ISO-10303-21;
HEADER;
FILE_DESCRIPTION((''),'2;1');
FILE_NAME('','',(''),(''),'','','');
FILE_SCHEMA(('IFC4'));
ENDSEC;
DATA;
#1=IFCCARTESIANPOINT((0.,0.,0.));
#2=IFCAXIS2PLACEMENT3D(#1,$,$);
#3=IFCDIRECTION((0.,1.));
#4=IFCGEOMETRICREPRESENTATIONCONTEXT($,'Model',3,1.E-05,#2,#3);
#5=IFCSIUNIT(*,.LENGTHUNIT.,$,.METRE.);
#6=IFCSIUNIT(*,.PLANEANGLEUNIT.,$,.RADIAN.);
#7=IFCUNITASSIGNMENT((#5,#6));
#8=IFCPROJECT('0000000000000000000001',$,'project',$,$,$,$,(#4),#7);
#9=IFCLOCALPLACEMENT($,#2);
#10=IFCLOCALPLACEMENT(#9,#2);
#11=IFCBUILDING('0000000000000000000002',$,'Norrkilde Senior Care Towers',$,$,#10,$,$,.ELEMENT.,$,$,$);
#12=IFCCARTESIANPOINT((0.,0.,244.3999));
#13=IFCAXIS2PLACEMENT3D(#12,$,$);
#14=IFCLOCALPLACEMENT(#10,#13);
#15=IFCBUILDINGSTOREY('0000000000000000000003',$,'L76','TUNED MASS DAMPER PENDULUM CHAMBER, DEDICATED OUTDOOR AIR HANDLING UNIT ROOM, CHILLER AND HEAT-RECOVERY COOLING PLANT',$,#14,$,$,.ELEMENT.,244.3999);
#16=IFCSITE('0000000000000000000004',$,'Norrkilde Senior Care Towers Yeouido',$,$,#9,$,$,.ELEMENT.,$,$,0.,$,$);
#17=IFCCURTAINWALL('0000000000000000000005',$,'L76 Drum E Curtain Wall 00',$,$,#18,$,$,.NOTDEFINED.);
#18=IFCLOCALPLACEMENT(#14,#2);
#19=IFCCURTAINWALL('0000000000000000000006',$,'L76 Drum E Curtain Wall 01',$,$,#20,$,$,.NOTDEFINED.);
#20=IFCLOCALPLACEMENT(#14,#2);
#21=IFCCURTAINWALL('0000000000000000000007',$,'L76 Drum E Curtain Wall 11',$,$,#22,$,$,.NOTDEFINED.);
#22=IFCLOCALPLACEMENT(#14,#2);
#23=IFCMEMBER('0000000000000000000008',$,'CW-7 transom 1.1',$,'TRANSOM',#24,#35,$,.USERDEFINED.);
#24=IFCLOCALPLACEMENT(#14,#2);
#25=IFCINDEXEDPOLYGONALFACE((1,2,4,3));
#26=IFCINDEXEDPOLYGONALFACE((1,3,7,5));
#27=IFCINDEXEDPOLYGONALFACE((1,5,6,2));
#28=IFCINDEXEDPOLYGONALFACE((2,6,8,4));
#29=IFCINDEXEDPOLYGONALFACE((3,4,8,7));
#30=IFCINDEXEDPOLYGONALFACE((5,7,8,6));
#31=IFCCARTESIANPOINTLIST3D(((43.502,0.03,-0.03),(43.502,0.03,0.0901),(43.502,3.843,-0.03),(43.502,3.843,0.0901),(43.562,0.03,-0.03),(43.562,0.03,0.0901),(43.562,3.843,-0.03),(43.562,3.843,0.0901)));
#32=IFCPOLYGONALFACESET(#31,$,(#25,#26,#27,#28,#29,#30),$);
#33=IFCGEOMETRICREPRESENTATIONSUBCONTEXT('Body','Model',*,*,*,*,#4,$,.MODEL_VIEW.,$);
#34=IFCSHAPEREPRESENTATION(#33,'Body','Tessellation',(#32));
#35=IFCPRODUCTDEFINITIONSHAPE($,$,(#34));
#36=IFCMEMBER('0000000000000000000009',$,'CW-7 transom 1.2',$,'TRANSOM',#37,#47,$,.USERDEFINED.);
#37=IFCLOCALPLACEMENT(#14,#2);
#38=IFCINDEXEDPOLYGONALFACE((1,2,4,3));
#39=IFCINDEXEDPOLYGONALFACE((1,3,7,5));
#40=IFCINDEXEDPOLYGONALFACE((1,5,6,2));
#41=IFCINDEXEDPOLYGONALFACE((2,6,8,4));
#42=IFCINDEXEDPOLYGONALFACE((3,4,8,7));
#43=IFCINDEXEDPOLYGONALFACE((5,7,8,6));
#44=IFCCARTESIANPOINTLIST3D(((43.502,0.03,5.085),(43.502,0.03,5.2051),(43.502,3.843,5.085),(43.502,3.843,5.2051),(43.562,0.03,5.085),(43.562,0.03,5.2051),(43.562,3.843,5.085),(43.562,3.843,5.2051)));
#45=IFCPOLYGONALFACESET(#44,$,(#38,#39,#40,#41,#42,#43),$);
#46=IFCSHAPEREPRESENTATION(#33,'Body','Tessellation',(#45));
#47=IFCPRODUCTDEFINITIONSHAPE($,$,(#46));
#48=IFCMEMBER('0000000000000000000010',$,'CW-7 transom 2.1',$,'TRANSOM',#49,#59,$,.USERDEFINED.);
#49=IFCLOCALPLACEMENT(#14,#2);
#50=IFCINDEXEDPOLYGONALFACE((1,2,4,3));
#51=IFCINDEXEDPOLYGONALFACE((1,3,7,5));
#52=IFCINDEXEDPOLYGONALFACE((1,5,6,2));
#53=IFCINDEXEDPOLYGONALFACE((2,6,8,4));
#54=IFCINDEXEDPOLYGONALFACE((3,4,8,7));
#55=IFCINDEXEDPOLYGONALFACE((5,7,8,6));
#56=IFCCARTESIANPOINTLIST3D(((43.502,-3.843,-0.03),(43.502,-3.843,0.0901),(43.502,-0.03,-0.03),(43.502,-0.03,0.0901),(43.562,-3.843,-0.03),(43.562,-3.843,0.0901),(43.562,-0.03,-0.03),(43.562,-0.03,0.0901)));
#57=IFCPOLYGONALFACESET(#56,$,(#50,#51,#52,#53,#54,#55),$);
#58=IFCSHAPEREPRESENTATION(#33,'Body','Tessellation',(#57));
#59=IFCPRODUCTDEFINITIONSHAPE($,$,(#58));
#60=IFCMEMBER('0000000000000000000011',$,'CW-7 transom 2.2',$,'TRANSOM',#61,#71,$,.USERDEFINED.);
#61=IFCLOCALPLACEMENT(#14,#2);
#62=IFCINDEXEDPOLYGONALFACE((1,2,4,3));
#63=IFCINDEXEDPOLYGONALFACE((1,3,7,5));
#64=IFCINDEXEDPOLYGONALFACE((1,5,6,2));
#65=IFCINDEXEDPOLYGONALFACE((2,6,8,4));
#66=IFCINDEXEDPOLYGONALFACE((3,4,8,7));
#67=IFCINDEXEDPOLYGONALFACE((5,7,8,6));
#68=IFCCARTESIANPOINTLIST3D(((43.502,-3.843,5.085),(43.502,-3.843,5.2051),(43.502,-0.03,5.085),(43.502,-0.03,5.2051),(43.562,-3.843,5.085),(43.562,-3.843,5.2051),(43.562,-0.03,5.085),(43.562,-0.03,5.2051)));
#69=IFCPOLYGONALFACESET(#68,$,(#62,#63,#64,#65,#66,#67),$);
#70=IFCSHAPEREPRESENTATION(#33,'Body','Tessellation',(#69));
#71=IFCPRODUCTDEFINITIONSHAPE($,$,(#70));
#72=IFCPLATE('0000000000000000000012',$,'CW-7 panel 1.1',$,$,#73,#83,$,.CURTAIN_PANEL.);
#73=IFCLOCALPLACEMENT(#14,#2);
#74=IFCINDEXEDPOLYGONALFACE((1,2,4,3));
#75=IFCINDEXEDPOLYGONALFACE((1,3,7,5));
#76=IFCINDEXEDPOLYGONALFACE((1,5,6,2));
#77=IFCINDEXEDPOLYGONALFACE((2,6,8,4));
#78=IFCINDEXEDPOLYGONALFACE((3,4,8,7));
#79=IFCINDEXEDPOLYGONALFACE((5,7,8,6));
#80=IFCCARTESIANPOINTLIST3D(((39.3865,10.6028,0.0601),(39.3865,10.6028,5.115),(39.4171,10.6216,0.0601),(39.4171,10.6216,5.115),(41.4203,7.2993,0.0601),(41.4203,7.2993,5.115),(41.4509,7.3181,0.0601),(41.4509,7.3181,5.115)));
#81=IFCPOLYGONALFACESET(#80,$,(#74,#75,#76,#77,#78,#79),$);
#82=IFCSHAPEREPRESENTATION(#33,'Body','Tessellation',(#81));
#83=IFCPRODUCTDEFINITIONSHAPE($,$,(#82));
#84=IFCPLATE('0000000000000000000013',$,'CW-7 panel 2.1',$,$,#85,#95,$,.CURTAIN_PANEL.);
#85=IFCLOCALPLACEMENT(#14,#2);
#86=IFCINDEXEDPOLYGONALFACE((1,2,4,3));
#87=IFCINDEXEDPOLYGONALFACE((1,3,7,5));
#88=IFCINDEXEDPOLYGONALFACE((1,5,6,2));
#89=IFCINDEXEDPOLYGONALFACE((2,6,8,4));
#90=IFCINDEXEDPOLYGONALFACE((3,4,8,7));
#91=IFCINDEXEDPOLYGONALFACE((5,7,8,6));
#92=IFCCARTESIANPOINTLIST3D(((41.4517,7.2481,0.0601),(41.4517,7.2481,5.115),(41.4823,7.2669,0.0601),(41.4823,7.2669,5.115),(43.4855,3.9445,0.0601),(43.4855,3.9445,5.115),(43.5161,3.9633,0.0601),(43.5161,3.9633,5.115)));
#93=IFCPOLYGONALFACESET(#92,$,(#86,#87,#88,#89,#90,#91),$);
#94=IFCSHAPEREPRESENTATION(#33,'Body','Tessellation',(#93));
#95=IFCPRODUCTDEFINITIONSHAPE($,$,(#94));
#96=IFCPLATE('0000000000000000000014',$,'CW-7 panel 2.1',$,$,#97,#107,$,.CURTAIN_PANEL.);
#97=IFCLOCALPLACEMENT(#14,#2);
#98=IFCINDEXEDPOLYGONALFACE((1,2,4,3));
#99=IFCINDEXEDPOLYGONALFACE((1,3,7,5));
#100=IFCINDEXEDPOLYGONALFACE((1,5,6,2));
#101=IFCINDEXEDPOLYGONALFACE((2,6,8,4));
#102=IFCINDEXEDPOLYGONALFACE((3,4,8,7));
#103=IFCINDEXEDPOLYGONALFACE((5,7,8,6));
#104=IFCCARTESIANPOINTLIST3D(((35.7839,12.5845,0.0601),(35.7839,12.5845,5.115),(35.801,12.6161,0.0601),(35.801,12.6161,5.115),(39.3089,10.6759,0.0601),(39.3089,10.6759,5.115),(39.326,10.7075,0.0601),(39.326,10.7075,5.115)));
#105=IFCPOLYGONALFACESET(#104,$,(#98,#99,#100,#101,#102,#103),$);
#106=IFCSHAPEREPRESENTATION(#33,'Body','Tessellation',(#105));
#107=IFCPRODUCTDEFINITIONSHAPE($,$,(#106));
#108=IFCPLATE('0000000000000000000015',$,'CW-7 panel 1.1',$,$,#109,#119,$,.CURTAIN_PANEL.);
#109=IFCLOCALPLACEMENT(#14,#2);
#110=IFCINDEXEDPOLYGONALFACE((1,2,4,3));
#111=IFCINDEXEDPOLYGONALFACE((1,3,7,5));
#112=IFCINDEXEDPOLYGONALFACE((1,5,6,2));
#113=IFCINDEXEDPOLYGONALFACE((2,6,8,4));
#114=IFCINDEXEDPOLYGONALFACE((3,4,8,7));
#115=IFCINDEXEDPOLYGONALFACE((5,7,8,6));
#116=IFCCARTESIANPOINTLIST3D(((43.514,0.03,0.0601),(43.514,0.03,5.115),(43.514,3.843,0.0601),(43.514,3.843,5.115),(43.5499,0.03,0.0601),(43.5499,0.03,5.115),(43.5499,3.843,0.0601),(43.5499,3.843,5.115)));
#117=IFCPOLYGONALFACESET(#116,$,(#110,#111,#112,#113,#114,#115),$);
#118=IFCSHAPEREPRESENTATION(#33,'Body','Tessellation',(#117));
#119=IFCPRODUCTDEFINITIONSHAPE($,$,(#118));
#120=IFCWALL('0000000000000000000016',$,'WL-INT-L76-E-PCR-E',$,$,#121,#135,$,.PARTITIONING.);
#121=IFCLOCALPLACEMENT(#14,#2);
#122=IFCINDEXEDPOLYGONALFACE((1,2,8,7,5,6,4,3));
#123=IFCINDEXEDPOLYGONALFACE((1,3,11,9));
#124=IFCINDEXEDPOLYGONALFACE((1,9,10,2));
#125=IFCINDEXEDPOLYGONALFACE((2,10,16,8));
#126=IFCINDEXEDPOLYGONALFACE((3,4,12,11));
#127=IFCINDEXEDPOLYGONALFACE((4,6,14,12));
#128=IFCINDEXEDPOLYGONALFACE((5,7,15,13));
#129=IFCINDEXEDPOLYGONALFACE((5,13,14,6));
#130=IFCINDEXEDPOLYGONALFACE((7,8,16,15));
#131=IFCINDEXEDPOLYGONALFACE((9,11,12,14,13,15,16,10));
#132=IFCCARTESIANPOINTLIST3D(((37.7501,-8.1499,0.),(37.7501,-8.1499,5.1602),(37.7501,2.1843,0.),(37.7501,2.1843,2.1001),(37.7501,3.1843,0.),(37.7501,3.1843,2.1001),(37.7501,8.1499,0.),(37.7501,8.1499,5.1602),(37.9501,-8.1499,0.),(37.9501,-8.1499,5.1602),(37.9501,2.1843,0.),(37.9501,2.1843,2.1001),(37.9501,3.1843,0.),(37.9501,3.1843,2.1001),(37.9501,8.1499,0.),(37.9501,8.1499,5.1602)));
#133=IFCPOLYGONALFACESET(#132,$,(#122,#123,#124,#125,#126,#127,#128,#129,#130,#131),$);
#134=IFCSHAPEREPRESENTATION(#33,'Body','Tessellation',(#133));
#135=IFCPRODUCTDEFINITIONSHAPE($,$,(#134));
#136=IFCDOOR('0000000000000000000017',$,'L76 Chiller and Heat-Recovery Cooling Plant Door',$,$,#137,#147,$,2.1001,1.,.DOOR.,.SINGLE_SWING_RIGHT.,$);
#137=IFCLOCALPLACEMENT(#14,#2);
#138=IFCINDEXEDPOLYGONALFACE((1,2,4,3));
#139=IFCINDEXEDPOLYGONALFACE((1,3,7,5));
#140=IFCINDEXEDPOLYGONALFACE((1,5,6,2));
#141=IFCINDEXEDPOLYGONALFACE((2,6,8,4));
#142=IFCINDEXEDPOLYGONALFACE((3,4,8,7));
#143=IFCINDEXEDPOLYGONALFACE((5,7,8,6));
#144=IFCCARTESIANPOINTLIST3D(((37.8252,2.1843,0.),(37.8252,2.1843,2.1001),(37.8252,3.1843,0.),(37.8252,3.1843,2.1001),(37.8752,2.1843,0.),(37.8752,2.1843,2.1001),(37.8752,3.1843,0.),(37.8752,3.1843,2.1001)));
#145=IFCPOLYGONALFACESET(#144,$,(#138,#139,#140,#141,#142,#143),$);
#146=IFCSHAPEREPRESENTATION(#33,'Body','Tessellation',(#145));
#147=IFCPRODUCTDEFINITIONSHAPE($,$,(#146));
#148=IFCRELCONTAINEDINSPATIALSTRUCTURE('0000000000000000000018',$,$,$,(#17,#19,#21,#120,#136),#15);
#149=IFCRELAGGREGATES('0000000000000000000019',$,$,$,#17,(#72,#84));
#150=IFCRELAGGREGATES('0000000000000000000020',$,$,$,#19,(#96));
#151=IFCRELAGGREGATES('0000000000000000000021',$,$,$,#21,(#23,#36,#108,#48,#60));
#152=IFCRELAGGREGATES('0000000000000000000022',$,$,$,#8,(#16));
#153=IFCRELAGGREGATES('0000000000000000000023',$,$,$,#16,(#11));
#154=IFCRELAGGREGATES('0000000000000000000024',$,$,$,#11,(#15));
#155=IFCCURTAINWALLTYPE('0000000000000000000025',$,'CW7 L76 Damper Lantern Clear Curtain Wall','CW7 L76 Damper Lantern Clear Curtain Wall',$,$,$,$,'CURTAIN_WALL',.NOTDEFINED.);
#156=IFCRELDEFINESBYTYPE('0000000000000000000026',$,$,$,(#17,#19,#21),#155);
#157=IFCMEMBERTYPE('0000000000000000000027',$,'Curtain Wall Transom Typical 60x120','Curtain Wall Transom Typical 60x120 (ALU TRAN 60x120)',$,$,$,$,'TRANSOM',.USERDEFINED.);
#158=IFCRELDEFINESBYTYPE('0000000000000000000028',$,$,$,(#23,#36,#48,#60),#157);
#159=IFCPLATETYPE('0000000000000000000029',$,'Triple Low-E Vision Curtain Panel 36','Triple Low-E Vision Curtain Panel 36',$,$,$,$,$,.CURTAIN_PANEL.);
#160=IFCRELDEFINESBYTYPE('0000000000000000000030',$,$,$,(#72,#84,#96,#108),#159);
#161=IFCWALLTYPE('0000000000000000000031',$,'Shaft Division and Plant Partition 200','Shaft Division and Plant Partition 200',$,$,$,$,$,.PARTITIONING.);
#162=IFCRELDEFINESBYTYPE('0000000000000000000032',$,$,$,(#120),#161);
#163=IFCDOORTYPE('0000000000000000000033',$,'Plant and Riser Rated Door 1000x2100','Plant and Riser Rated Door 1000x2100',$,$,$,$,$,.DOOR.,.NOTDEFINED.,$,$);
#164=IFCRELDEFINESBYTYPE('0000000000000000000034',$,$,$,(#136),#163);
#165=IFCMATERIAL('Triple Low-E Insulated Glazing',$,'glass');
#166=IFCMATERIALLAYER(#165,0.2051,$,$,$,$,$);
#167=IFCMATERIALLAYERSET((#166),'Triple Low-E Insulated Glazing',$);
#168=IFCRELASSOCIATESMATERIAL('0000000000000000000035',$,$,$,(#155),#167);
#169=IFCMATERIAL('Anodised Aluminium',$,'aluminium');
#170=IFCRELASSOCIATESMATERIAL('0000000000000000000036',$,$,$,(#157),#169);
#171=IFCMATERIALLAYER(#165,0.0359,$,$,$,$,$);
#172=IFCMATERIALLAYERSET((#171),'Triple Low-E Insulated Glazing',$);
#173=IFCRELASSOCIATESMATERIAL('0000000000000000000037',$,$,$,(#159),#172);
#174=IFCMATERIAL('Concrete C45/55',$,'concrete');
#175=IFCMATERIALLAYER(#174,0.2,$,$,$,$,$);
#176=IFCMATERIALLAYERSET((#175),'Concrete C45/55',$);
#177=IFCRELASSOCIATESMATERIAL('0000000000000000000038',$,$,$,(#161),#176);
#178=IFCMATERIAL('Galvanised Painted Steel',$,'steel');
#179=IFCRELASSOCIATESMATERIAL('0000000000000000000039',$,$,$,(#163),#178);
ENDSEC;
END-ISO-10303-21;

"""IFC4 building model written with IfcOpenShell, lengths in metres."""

from ifc_helpers import new_model, si_unit, direction, frame, frame_2d, origin, origin_2d, place, context, subcontext, project, spatial, rectangle, extrude, source, transform, mapped, material, layer, layer_set, material_profile, profile_set, type_object, type_shapes, element, fill, aggregate, save


model = new_model("IFC4")

# Units and contexts
model_context = context("Model", 3, precision=1e-05, world=origin(), true_north=direction((0.0, 1.0)))
body_context = subcontext(model_context, "Body", "Model", "MODEL_VIEW")
ifc_project = project(units=[si_unit("LENGTHUNIT", "METRE"), si_unit("PLANEANGLEUNIT", "RADIAN")], contexts=[model_context])

# Site, building, storey
site_placement = place(None, origin())
site = spatial("IfcSite", under=ifc_project, at=site_placement, Name="Norrkilde Senior Care Towers Yeouido", CompositionType="ELEMENT", RefElevation=0.0)
building_placement = place(site_placement, origin())
building = spatial("IfcBuilding", under=site, at=building_placement, Name="Norrkilde Senior Care Towers", CompositionType="ELEMENT")
storey_placement = place(building_placement, frame((0.0, 0.0, 244.3999)))
storey = spatial("IfcBuildingStorey", under=building, at=storey_placement, Name="L76", Description="TUNED MASS DAMPER PENDULUM CHAMBER, DEDICATED OUTDOOR AIR HANDLING UNIT ROOM, CHILLER AND HEAT-RECOVERY COOLING PLANT", CompositionType="ELEMENT", Elevation=244.3999)

# Curtain wall
ifc_material_1 = material(Name="Triple Low-E Insulated Glazing", Category="glass")
ifc_layer_1 = layer(ifc_material_1, 0.2051)
ifc_layer_set_1 = layer_set([ifc_layer_1], Name="Triple Low-E Insulated Glazing")
curtain_wall_type = type_object("IfcCurtainWallType", Name="CW7 L76 Damper Lantern Clear Curtain Wall", Description="CW7 L76 Damper Lantern Clear Curtain Wall", ElementType="CURTAIN_WALL", PredefinedType="NOTDEFINED", material=ifc_layer_set_1)
curtain_wall_1_placement = place(storey_placement, origin())
curtain_wall_1 = element("IfcCurtainWall", 1, at=curtain_wall_1_placement, inside=storey, type_object=curtain_wall_type, Name="L76 Drum E Curtain Wall 00", PredefinedType="NOTDEFINED")
ifc_material_2 = material(Name="Anodised Aluminium", Category="aluminium")

# Curtain wall
curtain_wall_2_placement = place(storey_placement, origin())
curtain_wall_2 = element("IfcCurtainWall", 2, at=curtain_wall_2_placement, inside=storey, type_object=curtain_wall_type, Name="L76 Drum E Curtain Wall 01", PredefinedType="NOTDEFINED")

# Curtain wall
curtain_wall_3_placement = place(storey_placement, origin())
curtain_wall_3 = element("IfcCurtainWall", 3, at=curtain_wall_3_placement, inside=storey, type_object=curtain_wall_type, Name="L76 Drum E Curtain Wall 11", PredefinedType="NOTDEFINED")

# Members
ifc_material_profile_1 = material_profile(ifc_material_2, rectangle(XDim=0.0601, YDim=0.1201, at=origin_2d()), Name="ALU TRAN 60x120")
ifc_profile_set_1 = profile_set([ifc_material_profile_1], Name="Anodised Aluminium")
member_type_1 = type_object("IfcMemberType", Name="Curtain Wall Transom Typical 60x120", Description="Curtain Wall Transom Typical 60x120 (ALU TRAN 60x120)", ElementType="TRANSOM", PredefinedType="USERDEFINED", material=ifc_profile_set_1)
shared_shape_1 = source(origin(), body_context, "Body", "SweptSolid", [
    extrude(rectangle(XDim=0.0601, YDim=0.1201, at=origin_2d()), origin(), (0.0, 0.0, 1.0), 3.813),
])
member_1_placement = place(storey_placement, frame((43.532, 3.843, 0.03), z_axis=(0.0, -1.0, 0.0), x_axis=(1.0, 0.0, 0.0)))
member_1 = element("IfcMember", 4, at=member_1_placement, type_object=member_type_1, Name="CW-7 transom 1.1", ObjectType="TRANSOM", PredefinedType="USERDEFINED", context=body_context, shape_type="MappedRepresentation", body=[
    mapped(shared_shape_1, transform((0.0, 0.0, 0.0), x_axis=(1.0, 0.0, 0.0), y_axis=(0.0, 1.0, 0.0), z_axis=(0.0, 0.0, 1.0), scale=1.0)),
])
member_2_placement = place(storey_placement, frame((43.532, 3.843, 5.145), z_axis=(0.0, -1.0, 0.0), x_axis=(1.0, 0.0, 0.0)))
member_2 = element("IfcMember", 5, at=member_2_placement, type_object=member_type_1, Name="CW-7 transom 1.2", ObjectType="TRANSOM", PredefinedType="USERDEFINED", context=body_context, shape_type="MappedRepresentation", body=[
    mapped(shared_shape_1, transform((0.0, 0.0, 0.0), x_axis=(1.0, 0.0, 0.0), y_axis=(0.0, 1.0, 0.0), z_axis=(0.0, 0.0, 1.0), scale=1.0)),
])
member_3_placement = place(storey_placement, frame((43.532, -0.03, 0.03), z_axis=(0.0, -1.0, 0.0), x_axis=(1.0, 0.0, 0.0)))
member_3 = element("IfcMember", 6, at=member_3_placement, type_object=member_type_1, Name="CW-7 transom 2.1", ObjectType="TRANSOM", PredefinedType="USERDEFINED", context=body_context, shape_type="MappedRepresentation", body=[
    mapped(shared_shape_1, transform((0.0, 0.0, 0.0), x_axis=(1.0, 0.0, 0.0), y_axis=(0.0, 1.0, 0.0), z_axis=(0.0, 0.0, 1.0), scale=1.0)),
])
member_4_placement = place(storey_placement, frame((43.532, -0.03, 5.145), z_axis=(0.0, -1.0, 0.0), x_axis=(1.0, 0.0, 0.0)))
member_4 = element("IfcMember", 7, at=member_4_placement, type_object=member_type_1, Name="CW-7 transom 2.2", ObjectType="TRANSOM", PredefinedType="USERDEFINED", context=body_context, shape_type="MappedRepresentation", body=[
    mapped(shared_shape_1, transform((0.0, 0.0, 0.0), x_axis=(1.0, 0.0, 0.0), y_axis=(0.0, 1.0, 0.0), z_axis=(0.0, 0.0, 1.0), scale=1.0)),
])

# Plates
ifc_layer_2 = layer(ifc_material_1, 0.0359)
ifc_layer_set_2 = layer_set([ifc_layer_2], Name="Triple Low-E Insulated Glazing")
plate_type = type_object("IfcPlateType", Name="Triple Low-E Vision Curtain Panel 36", Description="Triple Low-E Vision Curtain Panel 36", PredefinedType="CURTAIN_PANEL", material=ifc_layer_set_2)
shared_shape_2 = source(origin(), body_context, "Body", "SweptSolid", [
    extrude(rectangle(XDim=3.8794, YDim=0.0359, at=origin_2d()), origin(), (0.0, 0.0, 1.0), 5.0549),
])
plate_1_placement = place(storey_placement, frame((40.4187, 8.9604, 0.0601), z_axis=(0.0, 0.0, 1.0), x_axis=(0.524253, -0.851563, 0.0)))
plate_1 = element("IfcPlate", 8, at=plate_1_placement, type_object=plate_type, Name="CW-7 panel 1.1", PredefinedType="CURTAIN_PANEL", context=body_context, shape_type="MappedRepresentation", body=[
    mapped(shared_shape_2, transform((0.0, 0.0, 0.0), x_axis=(1.0, 0.0, 0.0), y_axis=(0.0, 1.0, 0.0), z_axis=(0.0, 0.0, 1.0), scale=1.0)),
])
plate_2_placement = place(storey_placement, frame((42.4839, 5.6057, 0.0601), z_axis=(0.0, 0.0, 1.0), x_axis=(0.524253, -0.851563, 0.0)))
plate_2 = element("IfcPlate", 9, at=plate_2_placement, type_object=plate_type, Name="CW-7 panel 2.1", PredefinedType="CURTAIN_PANEL", context=body_context, shape_type="MappedRepresentation", body=[
    mapped(shared_shape_2, transform((0.0, 0.0, 0.0), x_axis=(1.0, 0.0, 0.0), y_axis=(0.0, 1.0, 0.0), z_axis=(0.0, 0.0, 1.0), scale=1.0)),
])
aggregate(curtain_wall_1, [plate_1, plate_2])
shared_shape_3 = source(origin(), body_context, "Body", "SweptSolid", [
    extrude(rectangle(XDim=4.0085, YDim=0.0359, at=origin_2d()), origin(), (0.0, 0.0, 1.0), 5.0549),
])
plate_3_placement = place(storey_placement, frame((37.5549, 11.646, 0.0601), z_axis=(0.0, 0.0, 1.0), x_axis=(0.879373, -0.476133, 0.0)))
plate_3 = element("IfcPlate", 10, at=plate_3_placement, type_object=plate_type, Name="CW-7 panel 2.1", PredefinedType="CURTAIN_PANEL", context=body_context, shape_type="MappedRepresentation", body=[
    mapped(shared_shape_3, transform((0.0, 0.0, 0.0), x_axis=(1.0, 0.0, 0.0), y_axis=(0.0, 1.0, 0.0), z_axis=(0.0, 0.0, 1.0), scale=1.0)),
])
aggregate(curtain_wall_2, [plate_3])
shared_shape_4 = source(origin(), body_context, "Body", "SweptSolid", [
    extrude(rectangle(XDim=3.813, YDim=0.0359, at=origin_2d()), origin(), (0.0, 0.0, 1.0), 5.0549),
])
type_shapes(plate_type, [shared_shape_2, shared_shape_3, shared_shape_4])
plate_4_placement = place(storey_placement, frame((43.532, 1.9365, 0.0601), z_axis=(0.0, 0.0, 1.0), x_axis=(0.0, -1.0, 0.0)))
plate_4 = element("IfcPlate", 11, at=plate_4_placement, type_object=plate_type, Name="CW-7 panel 1.1", PredefinedType="CURTAIN_PANEL", context=body_context, shape_type="MappedRepresentation", body=[
    mapped(shared_shape_4, transform((0.0, 0.0, 0.0), x_axis=(1.0, 0.0, 0.0), y_axis=(0.0, 1.0, 0.0), z_axis=(0.0, 0.0, 1.0), scale=1.0)),
])
aggregate(curtain_wall_3, [member_1, member_2, plate_4, member_3, member_4])

# Wall, opening, door
ifc_material_3 = material(Name="Concrete C45/55", Category="concrete")
ifc_layer_3 = layer(ifc_material_3, 0.2)
ifc_layer_set_3 = layer_set([ifc_layer_3], Name="Concrete C45/55")
wall_type = type_object("IfcWallType", Name="Shaft Division and Plant Partition 200", Description="Shaft Division and Plant Partition 200", PredefinedType="PARTITIONING", material=ifc_layer_set_3)
shared_shape_5 = source(origin(), body_context, "Body", "SweptSolid", [
    extrude(rectangle(XDim=16.2998, YDim=0.2, at=frame_2d((8.1499, 0.0))), origin(), (0.0, 0.0, 1.0), 5.1602),
])
type_shapes(wall_type, [shared_shape_5])
wall_placement = place(storey_placement, frame((37.8501, 8.1499, 0.0), z_axis=(0.0, 0.0, 1.0), x_axis=(0.0, -1.0, 0.0)))
wall = element("IfcWall", 12, at=wall_placement, inside=storey, type_object=wall_type, Name="WL-INT-L76-E-PCR-E", PredefinedType="PARTITIONING", context=body_context, shape_type="MappedRepresentation", body=[
    mapped(shared_shape_5, transform((0.0, 0.0, 0.0), x_axis=(1.0, 0.0, 0.0), y_axis=(0.0, 1.0, 0.0), z_axis=(0.0, 0.0, 1.0), scale=1.0)),
])
opening_placement = place(wall_placement, frame((4.9656, 0.0, 0.0)))
opening = element("IfcOpeningElement", 13, at=opening_placement, cuts=wall, PredefinedType="OPENING", context=body_context, shape_type="SweptSolid", body=[
    extrude(rectangle(XDim=1.0, YDim=2.1001, at=frame_2d((0.5, 1.05))), frame((0.0, 0.1099, 0.0), z_axis=(0.0, -1.0, 0.0), x_axis=(1.0, 0.0, 0.0)), (0.0, 0.0, 1.0), 0.22),
])
ifc_material_4 = material(Name="Galvanised Painted Steel", Category="steel")
door_type = type_object("IfcDoorType", Name="Plant and Riser Rated Door 1000x2100", Description="Plant and Riser Rated Door 1000x2100", OperationType="NOTDEFINED", PredefinedType="DOOR", material=ifc_material_4)
shared_shape_6 = source(origin(), body_context, "Body", "SweptSolid", [
    extrude(rectangle(XDim=1.0, YDim=2.1001, at=frame_2d((0.5, 1.05))), frame((0.0, 0.0249, 0.0), z_axis=(0.0, -1.0, 0.0), x_axis=(1.0, 0.0, 0.0)), (0.0, 0.0, 1.0), 0.05),
])
type_shapes(door_type, [shared_shape_6])
door_placement = place(opening_placement, frame((1.0, 0.0, 0.0), z_axis=(0.0, 0.0, 1.0), x_axis=(-1.0, 0.0, 0.0)))
door = element("IfcDoor", 14, at=door_placement, inside=storey, type_object=door_type, Name="L76 Chiller and Heat-Recovery Cooling Plant Door", OperationType="SINGLE_SWING_RIGHT", OverallHeight=2.1001, OverallWidth=1.0, PredefinedType="DOOR", context=body_context, shape_type="MappedRepresentation", body=[
    mapped(shared_shape_6, transform((0.0, 0.0, 0.0), x_axis=(1.0, 0.0, 0.0), y_axis=(0.0, 1.0, 0.0), z_axis=(0.0, 0.0, 1.0), scale=1.0)),
])
fill(opening, door)

save(model, "model.ifc")
